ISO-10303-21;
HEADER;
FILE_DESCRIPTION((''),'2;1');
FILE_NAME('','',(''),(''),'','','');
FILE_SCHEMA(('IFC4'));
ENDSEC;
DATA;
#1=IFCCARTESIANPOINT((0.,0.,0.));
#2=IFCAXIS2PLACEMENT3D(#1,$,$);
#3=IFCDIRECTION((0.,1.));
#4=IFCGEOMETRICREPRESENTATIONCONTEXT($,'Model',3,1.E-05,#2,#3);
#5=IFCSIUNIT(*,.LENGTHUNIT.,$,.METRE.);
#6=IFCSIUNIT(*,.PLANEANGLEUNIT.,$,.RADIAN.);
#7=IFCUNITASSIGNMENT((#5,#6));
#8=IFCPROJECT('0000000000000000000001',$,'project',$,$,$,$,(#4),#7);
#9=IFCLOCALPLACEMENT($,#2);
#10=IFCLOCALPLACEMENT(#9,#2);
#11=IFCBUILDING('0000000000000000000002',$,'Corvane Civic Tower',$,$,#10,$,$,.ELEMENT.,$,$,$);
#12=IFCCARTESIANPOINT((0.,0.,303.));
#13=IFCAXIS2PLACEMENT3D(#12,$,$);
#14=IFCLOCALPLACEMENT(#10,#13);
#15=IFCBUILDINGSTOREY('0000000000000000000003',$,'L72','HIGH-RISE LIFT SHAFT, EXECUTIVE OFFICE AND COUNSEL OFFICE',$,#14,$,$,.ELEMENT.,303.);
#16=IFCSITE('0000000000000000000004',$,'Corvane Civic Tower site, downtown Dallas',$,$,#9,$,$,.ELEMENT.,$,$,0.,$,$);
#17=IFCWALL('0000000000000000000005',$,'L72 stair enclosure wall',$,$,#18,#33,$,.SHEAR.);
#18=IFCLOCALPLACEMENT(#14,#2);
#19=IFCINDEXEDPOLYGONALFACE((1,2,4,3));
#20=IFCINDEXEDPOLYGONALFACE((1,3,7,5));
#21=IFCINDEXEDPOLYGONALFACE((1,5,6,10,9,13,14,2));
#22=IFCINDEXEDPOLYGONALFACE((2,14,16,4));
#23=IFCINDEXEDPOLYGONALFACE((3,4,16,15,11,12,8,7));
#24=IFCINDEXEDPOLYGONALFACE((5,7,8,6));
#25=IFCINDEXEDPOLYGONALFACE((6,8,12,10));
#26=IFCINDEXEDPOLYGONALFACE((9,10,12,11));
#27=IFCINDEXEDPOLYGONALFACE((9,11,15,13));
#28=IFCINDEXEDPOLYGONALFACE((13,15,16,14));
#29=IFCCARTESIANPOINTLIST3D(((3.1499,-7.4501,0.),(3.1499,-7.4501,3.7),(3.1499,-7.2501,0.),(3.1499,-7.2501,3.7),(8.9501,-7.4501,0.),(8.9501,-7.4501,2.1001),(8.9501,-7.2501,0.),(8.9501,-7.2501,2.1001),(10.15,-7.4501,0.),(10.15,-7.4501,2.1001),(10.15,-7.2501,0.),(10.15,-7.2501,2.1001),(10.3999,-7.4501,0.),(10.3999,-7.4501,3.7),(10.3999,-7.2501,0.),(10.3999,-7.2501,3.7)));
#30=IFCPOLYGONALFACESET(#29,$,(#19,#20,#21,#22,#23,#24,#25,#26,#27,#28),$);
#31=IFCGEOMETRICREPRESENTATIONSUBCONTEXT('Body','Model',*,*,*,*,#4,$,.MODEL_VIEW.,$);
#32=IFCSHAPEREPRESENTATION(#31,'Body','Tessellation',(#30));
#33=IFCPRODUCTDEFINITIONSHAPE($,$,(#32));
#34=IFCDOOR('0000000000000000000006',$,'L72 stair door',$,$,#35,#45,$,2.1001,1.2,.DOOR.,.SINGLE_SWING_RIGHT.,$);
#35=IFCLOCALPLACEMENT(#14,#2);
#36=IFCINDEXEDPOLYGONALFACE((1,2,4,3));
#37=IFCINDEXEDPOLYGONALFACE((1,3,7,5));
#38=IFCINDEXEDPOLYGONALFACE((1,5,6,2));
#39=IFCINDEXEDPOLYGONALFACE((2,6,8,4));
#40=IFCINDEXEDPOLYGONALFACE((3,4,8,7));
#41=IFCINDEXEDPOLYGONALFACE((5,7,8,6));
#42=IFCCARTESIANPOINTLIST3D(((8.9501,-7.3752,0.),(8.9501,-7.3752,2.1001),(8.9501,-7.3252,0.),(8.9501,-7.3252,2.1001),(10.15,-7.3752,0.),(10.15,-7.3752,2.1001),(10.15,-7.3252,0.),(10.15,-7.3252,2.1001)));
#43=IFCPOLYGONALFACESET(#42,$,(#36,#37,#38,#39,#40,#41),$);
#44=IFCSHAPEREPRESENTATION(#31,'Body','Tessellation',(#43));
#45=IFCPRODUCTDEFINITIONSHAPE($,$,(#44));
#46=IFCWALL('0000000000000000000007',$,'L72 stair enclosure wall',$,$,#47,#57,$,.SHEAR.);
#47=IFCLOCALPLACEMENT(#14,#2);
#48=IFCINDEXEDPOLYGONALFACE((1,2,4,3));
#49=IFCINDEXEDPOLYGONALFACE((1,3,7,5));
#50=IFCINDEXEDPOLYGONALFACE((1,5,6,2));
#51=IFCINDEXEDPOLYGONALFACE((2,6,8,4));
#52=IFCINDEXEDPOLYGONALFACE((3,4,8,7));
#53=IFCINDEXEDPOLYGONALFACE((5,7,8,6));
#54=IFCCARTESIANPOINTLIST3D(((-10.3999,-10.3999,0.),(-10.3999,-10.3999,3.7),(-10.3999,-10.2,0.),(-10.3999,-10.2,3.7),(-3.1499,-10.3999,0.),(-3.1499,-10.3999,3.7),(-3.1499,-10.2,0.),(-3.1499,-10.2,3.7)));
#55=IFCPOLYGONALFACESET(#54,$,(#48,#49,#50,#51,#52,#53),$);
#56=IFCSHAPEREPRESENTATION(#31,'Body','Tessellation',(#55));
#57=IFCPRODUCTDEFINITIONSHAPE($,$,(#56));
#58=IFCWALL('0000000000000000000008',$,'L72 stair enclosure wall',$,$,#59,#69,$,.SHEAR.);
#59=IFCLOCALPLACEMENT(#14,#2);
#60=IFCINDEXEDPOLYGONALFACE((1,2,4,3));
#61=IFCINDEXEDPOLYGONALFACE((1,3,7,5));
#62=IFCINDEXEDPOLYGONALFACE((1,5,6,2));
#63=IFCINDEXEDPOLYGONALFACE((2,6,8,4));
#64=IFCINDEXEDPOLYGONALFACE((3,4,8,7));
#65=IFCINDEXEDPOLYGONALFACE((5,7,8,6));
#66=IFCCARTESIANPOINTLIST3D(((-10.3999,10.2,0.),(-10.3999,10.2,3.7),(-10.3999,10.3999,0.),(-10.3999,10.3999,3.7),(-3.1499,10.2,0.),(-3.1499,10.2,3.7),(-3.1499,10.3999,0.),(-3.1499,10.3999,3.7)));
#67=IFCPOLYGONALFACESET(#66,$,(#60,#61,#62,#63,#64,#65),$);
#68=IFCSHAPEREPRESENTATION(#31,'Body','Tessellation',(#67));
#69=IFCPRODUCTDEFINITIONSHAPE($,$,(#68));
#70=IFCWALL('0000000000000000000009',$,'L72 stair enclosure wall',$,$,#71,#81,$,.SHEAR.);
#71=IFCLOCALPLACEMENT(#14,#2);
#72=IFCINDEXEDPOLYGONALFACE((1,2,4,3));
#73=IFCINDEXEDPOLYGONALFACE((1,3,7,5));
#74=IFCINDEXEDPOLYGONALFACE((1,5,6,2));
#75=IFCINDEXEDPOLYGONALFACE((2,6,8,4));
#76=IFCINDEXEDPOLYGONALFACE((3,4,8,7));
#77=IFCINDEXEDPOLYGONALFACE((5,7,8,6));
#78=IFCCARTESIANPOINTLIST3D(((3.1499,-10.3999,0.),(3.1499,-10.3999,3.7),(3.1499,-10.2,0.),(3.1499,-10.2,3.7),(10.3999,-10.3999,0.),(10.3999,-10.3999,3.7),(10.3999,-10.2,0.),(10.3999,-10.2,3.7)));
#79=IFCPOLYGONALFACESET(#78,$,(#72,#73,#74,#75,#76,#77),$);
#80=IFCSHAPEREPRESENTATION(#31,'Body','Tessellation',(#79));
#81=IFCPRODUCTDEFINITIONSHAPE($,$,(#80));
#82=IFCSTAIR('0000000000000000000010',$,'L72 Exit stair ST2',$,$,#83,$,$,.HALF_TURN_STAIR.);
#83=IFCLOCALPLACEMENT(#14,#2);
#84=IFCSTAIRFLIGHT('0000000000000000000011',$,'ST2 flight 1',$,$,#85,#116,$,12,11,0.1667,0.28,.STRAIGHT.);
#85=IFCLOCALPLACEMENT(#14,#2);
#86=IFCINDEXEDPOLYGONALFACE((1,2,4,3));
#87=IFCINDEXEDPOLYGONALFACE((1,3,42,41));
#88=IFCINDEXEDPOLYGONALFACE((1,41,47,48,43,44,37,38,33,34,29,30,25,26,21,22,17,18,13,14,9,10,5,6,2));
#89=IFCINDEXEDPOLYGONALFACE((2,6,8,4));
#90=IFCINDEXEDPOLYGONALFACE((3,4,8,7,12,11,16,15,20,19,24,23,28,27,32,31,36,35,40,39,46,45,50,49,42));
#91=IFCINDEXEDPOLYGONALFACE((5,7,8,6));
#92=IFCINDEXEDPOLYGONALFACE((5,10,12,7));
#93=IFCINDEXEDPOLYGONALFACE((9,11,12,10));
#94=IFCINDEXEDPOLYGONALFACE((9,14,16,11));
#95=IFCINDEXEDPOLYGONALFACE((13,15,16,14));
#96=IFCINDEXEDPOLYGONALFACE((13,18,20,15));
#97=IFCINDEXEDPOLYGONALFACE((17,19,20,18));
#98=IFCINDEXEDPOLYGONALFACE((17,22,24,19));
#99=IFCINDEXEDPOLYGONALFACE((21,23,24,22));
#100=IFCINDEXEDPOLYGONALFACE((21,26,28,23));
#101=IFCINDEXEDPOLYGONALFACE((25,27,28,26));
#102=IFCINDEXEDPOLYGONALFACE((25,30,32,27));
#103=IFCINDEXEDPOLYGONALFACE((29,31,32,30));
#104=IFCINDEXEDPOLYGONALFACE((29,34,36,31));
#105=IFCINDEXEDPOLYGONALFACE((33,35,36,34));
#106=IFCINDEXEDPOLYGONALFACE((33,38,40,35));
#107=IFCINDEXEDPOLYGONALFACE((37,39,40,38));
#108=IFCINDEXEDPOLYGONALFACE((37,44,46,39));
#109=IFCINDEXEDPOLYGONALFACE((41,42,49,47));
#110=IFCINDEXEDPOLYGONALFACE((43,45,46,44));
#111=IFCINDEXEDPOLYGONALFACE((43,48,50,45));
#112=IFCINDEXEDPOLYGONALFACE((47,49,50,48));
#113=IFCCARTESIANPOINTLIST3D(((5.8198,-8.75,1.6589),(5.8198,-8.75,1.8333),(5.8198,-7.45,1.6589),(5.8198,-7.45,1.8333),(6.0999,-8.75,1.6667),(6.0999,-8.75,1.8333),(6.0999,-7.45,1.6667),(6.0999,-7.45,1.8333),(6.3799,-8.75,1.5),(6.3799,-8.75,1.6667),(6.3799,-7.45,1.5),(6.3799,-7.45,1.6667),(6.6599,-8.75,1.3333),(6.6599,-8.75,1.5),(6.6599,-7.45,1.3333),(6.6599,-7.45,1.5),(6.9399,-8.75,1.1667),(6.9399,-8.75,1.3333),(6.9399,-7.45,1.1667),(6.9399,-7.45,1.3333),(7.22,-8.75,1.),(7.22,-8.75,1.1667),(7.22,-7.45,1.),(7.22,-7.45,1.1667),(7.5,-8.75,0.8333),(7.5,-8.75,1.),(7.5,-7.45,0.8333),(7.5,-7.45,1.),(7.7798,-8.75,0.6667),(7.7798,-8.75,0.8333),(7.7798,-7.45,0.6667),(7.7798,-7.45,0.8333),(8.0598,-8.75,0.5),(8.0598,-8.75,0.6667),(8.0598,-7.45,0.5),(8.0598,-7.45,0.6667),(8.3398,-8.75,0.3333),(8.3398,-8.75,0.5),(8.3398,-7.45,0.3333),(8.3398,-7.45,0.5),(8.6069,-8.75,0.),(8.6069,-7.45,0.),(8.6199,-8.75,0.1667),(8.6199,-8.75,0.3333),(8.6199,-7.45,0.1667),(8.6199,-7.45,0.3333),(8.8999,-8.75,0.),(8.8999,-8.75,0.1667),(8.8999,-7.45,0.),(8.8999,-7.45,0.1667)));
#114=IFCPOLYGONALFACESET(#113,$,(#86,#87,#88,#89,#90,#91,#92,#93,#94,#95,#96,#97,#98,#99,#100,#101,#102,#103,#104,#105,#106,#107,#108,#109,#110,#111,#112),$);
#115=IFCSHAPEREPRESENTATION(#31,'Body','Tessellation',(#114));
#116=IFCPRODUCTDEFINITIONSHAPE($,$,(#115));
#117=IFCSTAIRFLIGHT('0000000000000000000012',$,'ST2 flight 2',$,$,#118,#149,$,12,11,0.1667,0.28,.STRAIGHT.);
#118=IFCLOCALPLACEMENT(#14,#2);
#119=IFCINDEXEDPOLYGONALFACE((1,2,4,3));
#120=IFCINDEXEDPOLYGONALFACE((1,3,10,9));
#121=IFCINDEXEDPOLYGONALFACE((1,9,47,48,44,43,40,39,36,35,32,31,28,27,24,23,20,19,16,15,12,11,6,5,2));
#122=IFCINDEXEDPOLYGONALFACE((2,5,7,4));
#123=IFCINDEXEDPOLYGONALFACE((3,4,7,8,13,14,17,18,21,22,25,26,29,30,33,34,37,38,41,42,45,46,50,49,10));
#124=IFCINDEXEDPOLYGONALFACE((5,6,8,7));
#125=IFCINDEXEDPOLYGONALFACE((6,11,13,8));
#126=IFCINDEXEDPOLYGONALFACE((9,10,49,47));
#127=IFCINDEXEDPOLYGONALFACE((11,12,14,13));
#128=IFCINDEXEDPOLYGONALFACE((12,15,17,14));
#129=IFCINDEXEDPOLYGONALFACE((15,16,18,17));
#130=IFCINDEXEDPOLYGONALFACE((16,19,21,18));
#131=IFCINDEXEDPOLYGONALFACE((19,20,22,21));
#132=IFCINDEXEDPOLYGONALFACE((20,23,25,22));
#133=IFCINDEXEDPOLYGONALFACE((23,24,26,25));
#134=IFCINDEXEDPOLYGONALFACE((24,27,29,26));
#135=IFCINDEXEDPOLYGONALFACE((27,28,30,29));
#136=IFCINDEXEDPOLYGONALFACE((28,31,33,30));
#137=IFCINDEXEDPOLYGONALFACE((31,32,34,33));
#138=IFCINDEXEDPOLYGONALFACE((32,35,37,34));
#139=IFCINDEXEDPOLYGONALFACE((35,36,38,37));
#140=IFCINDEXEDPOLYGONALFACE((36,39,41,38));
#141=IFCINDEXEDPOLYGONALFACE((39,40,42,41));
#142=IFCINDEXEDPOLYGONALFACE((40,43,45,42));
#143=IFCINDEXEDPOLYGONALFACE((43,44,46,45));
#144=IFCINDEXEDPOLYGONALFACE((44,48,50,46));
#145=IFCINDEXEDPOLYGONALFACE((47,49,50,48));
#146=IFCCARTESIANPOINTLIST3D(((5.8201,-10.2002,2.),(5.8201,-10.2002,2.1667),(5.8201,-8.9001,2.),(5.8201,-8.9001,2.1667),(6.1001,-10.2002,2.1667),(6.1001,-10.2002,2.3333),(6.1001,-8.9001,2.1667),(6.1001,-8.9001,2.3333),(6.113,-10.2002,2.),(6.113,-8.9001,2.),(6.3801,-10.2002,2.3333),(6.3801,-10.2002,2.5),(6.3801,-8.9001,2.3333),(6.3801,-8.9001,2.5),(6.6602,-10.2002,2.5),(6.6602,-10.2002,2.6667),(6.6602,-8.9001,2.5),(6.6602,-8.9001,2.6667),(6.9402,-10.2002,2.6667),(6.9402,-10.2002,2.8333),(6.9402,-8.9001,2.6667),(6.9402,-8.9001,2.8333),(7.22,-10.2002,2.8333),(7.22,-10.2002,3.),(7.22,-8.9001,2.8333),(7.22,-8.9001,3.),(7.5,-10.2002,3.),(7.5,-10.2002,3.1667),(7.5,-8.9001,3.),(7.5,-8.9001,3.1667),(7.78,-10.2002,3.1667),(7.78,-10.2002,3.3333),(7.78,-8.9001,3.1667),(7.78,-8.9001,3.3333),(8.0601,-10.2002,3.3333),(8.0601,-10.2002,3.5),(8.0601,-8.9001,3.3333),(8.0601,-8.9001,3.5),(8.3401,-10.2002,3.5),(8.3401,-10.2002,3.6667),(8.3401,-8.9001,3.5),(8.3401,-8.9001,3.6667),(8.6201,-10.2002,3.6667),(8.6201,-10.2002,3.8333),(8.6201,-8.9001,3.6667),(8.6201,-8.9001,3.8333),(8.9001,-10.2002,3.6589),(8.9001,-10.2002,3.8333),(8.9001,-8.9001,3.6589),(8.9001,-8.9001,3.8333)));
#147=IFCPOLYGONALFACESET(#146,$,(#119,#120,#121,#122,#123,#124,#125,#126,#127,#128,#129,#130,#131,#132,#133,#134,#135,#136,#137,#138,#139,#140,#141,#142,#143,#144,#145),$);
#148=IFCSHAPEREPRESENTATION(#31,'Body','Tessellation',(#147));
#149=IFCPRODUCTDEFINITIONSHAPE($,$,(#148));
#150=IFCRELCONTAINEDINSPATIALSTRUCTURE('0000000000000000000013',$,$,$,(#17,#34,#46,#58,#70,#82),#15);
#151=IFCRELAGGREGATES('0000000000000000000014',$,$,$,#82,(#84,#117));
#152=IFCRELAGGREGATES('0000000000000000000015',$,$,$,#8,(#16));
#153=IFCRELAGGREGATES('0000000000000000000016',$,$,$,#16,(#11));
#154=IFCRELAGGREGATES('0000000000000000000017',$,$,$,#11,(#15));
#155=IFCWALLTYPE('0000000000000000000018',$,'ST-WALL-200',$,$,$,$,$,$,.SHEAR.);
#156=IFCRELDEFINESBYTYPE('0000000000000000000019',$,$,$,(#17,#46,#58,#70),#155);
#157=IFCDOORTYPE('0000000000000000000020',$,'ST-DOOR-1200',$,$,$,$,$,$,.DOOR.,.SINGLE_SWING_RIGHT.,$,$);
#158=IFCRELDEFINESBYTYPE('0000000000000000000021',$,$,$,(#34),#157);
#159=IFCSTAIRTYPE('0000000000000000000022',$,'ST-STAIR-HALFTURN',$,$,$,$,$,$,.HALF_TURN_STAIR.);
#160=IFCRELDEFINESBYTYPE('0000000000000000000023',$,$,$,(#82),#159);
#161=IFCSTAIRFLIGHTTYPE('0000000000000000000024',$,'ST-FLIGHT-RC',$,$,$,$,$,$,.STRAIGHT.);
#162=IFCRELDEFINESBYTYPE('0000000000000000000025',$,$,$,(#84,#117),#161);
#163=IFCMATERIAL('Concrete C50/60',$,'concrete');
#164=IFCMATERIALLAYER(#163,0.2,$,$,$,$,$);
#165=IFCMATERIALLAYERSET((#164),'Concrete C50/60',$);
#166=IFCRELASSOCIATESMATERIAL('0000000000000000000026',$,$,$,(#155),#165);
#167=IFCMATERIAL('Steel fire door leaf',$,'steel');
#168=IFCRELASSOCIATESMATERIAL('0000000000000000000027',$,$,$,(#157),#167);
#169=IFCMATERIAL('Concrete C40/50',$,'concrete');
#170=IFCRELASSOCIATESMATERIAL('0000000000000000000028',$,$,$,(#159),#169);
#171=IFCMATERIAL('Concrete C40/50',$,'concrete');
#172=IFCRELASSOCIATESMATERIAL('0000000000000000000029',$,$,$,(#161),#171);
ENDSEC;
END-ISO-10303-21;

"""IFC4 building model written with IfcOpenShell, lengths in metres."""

from ifc_helpers import new_model, si_unit, direction, frame, frame_2d, origin, place, context, subcontext, project, spatial, polyline, rectangle, outline, extrude, material, layer, layer_set, type_object, element, fill, aggregate, save


model = new_model("IFC4")

# Units and contexts
model_context = context("Model", 3, precision=1e-05, world=origin(), true_north=direction((0.0, 1.0)))
body_context = subcontext(model_context, "Body", "Model", "MODEL_VIEW")
ifc_project = project(units=[si_unit("LENGTHUNIT", "METRE"), si_unit("PLANEANGLEUNIT", "RADIAN")], contexts=[model_context])

# Site, building, storey
site_placement = place(None, origin())
site = spatial("IfcSite", under=ifc_project, at=site_placement, Name="Corvane Civic Tower site, downtown Dallas", CompositionType="ELEMENT", RefElevation=0.0)
building_placement = place(site_placement, origin())
building = spatial("IfcBuilding", under=site, at=building_placement, Name="Corvane Civic Tower", CompositionType="ELEMENT")
storey_placement = place(building_placement, frame((0.0, 0.0, 303.0)))
storey = spatial("IfcBuildingStorey", under=building, at=storey_placement, Name="L72", Description="HIGH-RISE LIFT SHAFT, EXECUTIVE OFFICE AND COUNSEL OFFICE", CompositionType="ELEMENT", Elevation=303.0)

# Wall, opening, door
ifc_material_1 = material(Name="Concrete C50/60", Category="concrete")
ifc_layer_1 = layer(ifc_material_1, 0.2)
ifc_layer_set_1 = layer_set([ifc_layer_1], Name="Concrete C50/60")
wall_type_1 = type_object("IfcWallType", Name="ST-WALL-200", PredefinedType="SHEAR", material=ifc_layer_set_1)
wall_1_placement = place(storey_placement, frame((3.1499, -7.3501, 0.0), z_axis=(0.0, 0.0, 1.0), x_axis=(1.0, 0.0, 0.0)))
wall_1 = element("IfcWall", 1, at=wall_1_placement, inside=storey, type_object=wall_type_1, Name="L72 stair enclosure wall", PredefinedType="SHEAR", context=body_context, shape_type="SweptSolid", body=[
    extrude(rectangle(XDim=7.25, YDim=0.2, at=frame_2d((3.625, 0.0))), origin(), (0.0, 0.0, 1.0), 3.7),
])
opening_1_placement = place(wall_1_placement, frame((5.8, 0.0, 0.0)))
opening_1 = element("IfcOpeningElement", 2, at=opening_1_placement, cuts=wall_1, PredefinedType="OPENING", context=body_context, shape_type="SweptSolid", body=[
    extrude(rectangle(XDim=1.2, YDim=2.1001, at=frame_2d((0.6001, 1.05))), frame((0.0, 0.1099, 0.0), z_axis=(0.0, -1.0, 0.0), x_axis=(1.0, 0.0, 0.0)), (0.0, 0.0, 1.0), 0.22),
])
ifc_material_2 = material(Name="Steel fire door leaf", Category="steel")
door_type_1 = type_object("IfcDoorType", Name="ST-DOOR-1200", OperationType="SINGLE_SWING_RIGHT", PredefinedType="DOOR", material=ifc_material_2)
door_1_placement = place(opening_1_placement, origin())
door_1 = element("IfcDoor", 3, at=door_1_placement, inside=storey, type_object=door_type_1, Name="L72 stair door", OperationType="SINGLE_SWING_RIGHT", OverallHeight=2.1001, OverallWidth=1.2, PredefinedType="DOOR", context=body_context, shape_type="SweptSolid", body=[
    extrude(rectangle(XDim=1.2, YDim=2.1001, at=frame_2d((0.6001, 1.05))), frame((0.0, 0.0249, 0.0), z_axis=(0.0, -1.0, 0.0), x_axis=(1.0, 0.0, 0.0)), (0.0, 0.0, 1.0), 0.05),
])
fill(opening_1, door_1)

# Walls
wall_2_placement = place(storey_placement, origin())
element("IfcWall", 4, at=wall_2_placement, inside=storey, type_object=wall_type_1, Name="L72 stair enclosure wall", PredefinedType="SHEAR", context=body_context, shape_type="SweptSolid", body=[
    extrude(outline(polyline([(-3.1499, -10.2), (-3.1499, -10.3999), (-10.3999, -10.3999), (-10.3999, -10.2), (-3.1499, -10.2)])), origin(), (0.0, 0.0, 1.0), 3.7),
])
wall_3_placement = place(storey_placement, origin())
element("IfcWall", 5, at=wall_3_placement, inside=storey, type_object=wall_type_1, Name="L72 stair enclosure wall", PredefinedType="SHEAR", context=body_context, shape_type="SweptSolid", body=[
    extrude(outline(polyline([(-3.1499, 10.2), (-10.3999, 10.2), (-10.3999, 10.3999), (-3.1499, 10.3999), (-3.1499, 10.2)])), origin(), (0.0, 0.0, 1.0), 3.7),
])
wall_4_placement = place(storey_placement, origin())
element("IfcWall", 6, at=wall_4_placement, inside=storey, type_object=wall_type_1, Name="L72 stair enclosure wall", PredefinedType="SHEAR", context=body_context, shape_type="SweptSolid", body=[
    extrude(outline(polyline([(10.3999, -10.3999), (3.1499, -10.3999), (3.1499, -10.2), (10.3999, -10.2), (10.3999, -10.3999)])), origin(), (0.0, 0.0, 1.0), 3.7),
])

# Stair, stair flights
ifc_material_3 = material(Name="Concrete C40/50", Category="concrete")
stair_type = type_object("IfcStairType", Name="ST-STAIR-HALFTURN", PredefinedType="HALF_TURN_STAIR", material=ifc_material_3)
stair_placement = place(storey_placement, origin())
stair = element("IfcStair", 7, at=stair_placement, inside=storey, type_object=stair_type, Name="L72 Exit stair ST2", PredefinedType="HALF_TURN_STAIR")
ifc_material_4 = material(Name="Concrete C40/50", Category="concrete")
stair_flight_type = type_object("IfcStairFlightType", Name="ST-FLIGHT-RC", PredefinedType="STRAIGHT", material=ifc_material_4)
stair_flight_1_placement = place(storey_placement, frame((8.8999, -8.1001, 0.0), z_axis=(0.0, 0.0, 1.0), x_axis=(-1.0, 0.0, 0.0)))
stair_flight_1 = element("IfcStairFlight", 8, at=stair_flight_1_placement, type_object=stair_flight_type, Name="ST2 flight 1", NumberOfRisers=12, NumberOfTreads=11, PredefinedType="STRAIGHT", RiserHeight=0.1667, TreadLength=0.28, context=body_context, shape_type="SweptSolid", body=[
    extrude(outline(polyline([(0.0, 0.0), (0.0, 0.1667), (0.28, 0.1667), (0.28, 0.3333), (0.5601, 0.3333), (0.5601, 0.5), (0.8401, 0.5), (0.8401, 0.6667), (1.1201, 0.6667), (1.1201, 0.8333), (1.3999, 0.8333), (1.3999, 1.0), (1.6799, 1.0), (1.6799, 1.1667), (1.96, 1.1667), (1.96, 1.3333), (2.24, 1.3333), (2.24, 1.5), (2.52, 1.5), (2.52, 1.6667), (2.8, 1.6667), (2.8, 1.8333), (3.0801, 1.8333), (3.0801, 2.0), (3.0801, 1.6589), (0.293, 0.0), (0.0, 0.0)])), frame((0.0, 0.6499, 0.0), z_axis=(0.0, -1.0, 0.0), x_axis=(1.0, 0.0, 0.0)), (0.0, 0.0, 1.0), 1.3),
])
stair_flight_2_placement = place(storey_placement, frame((5.8201, -9.55, 2.0), z_axis=(0.0, 0.0, 1.0), x_axis=(1.0, 0.0, 0.0)))
stair_flight_2 = element("IfcStairFlight", 9, at=stair_flight_2_placement, type_object=stair_flight_type, Name="ST2 flight 2", NumberOfRisers=12, NumberOfTreads=11, PredefinedType="STRAIGHT", RiserHeight=0.1667, TreadLength=0.28, context=body_context, shape_type="SweptSolid", body=[
    extrude(outline(polyline([(0.0, 0.0), (0.0, 0.1667), (0.28, 0.1667), (0.28, 0.3333), (0.5601, 0.3333), (0.5601, 0.5), (0.8401, 0.5), (0.8401, 0.6667), (1.1201, 0.6667), (1.1201, 0.8333), (1.3999, 0.8333), (1.3999, 1.0), (1.6799, 1.0), (1.6799, 1.1667), (1.96, 1.1667), (1.96, 1.3333), (2.24, 1.3333), (2.24, 1.5), (2.52, 1.5), (2.52, 1.6667), (2.8, 1.6667), (2.8, 1.8333), (3.0801, 1.8333), (3.0801, 2.0), (3.0801, 1.6589), (0.293, 0.0), (0.0, 0.0)])), frame((0.0, 0.6499, 0.0), z_axis=(0.0, -1.0, 0.0), x_axis=(1.0, 0.0, 0.0)), (0.0, 0.0, 1.0), 1.3),
])
aggregate(stair, [stair_flight_1, stair_flight_2])

save(model, "model.ifc")
